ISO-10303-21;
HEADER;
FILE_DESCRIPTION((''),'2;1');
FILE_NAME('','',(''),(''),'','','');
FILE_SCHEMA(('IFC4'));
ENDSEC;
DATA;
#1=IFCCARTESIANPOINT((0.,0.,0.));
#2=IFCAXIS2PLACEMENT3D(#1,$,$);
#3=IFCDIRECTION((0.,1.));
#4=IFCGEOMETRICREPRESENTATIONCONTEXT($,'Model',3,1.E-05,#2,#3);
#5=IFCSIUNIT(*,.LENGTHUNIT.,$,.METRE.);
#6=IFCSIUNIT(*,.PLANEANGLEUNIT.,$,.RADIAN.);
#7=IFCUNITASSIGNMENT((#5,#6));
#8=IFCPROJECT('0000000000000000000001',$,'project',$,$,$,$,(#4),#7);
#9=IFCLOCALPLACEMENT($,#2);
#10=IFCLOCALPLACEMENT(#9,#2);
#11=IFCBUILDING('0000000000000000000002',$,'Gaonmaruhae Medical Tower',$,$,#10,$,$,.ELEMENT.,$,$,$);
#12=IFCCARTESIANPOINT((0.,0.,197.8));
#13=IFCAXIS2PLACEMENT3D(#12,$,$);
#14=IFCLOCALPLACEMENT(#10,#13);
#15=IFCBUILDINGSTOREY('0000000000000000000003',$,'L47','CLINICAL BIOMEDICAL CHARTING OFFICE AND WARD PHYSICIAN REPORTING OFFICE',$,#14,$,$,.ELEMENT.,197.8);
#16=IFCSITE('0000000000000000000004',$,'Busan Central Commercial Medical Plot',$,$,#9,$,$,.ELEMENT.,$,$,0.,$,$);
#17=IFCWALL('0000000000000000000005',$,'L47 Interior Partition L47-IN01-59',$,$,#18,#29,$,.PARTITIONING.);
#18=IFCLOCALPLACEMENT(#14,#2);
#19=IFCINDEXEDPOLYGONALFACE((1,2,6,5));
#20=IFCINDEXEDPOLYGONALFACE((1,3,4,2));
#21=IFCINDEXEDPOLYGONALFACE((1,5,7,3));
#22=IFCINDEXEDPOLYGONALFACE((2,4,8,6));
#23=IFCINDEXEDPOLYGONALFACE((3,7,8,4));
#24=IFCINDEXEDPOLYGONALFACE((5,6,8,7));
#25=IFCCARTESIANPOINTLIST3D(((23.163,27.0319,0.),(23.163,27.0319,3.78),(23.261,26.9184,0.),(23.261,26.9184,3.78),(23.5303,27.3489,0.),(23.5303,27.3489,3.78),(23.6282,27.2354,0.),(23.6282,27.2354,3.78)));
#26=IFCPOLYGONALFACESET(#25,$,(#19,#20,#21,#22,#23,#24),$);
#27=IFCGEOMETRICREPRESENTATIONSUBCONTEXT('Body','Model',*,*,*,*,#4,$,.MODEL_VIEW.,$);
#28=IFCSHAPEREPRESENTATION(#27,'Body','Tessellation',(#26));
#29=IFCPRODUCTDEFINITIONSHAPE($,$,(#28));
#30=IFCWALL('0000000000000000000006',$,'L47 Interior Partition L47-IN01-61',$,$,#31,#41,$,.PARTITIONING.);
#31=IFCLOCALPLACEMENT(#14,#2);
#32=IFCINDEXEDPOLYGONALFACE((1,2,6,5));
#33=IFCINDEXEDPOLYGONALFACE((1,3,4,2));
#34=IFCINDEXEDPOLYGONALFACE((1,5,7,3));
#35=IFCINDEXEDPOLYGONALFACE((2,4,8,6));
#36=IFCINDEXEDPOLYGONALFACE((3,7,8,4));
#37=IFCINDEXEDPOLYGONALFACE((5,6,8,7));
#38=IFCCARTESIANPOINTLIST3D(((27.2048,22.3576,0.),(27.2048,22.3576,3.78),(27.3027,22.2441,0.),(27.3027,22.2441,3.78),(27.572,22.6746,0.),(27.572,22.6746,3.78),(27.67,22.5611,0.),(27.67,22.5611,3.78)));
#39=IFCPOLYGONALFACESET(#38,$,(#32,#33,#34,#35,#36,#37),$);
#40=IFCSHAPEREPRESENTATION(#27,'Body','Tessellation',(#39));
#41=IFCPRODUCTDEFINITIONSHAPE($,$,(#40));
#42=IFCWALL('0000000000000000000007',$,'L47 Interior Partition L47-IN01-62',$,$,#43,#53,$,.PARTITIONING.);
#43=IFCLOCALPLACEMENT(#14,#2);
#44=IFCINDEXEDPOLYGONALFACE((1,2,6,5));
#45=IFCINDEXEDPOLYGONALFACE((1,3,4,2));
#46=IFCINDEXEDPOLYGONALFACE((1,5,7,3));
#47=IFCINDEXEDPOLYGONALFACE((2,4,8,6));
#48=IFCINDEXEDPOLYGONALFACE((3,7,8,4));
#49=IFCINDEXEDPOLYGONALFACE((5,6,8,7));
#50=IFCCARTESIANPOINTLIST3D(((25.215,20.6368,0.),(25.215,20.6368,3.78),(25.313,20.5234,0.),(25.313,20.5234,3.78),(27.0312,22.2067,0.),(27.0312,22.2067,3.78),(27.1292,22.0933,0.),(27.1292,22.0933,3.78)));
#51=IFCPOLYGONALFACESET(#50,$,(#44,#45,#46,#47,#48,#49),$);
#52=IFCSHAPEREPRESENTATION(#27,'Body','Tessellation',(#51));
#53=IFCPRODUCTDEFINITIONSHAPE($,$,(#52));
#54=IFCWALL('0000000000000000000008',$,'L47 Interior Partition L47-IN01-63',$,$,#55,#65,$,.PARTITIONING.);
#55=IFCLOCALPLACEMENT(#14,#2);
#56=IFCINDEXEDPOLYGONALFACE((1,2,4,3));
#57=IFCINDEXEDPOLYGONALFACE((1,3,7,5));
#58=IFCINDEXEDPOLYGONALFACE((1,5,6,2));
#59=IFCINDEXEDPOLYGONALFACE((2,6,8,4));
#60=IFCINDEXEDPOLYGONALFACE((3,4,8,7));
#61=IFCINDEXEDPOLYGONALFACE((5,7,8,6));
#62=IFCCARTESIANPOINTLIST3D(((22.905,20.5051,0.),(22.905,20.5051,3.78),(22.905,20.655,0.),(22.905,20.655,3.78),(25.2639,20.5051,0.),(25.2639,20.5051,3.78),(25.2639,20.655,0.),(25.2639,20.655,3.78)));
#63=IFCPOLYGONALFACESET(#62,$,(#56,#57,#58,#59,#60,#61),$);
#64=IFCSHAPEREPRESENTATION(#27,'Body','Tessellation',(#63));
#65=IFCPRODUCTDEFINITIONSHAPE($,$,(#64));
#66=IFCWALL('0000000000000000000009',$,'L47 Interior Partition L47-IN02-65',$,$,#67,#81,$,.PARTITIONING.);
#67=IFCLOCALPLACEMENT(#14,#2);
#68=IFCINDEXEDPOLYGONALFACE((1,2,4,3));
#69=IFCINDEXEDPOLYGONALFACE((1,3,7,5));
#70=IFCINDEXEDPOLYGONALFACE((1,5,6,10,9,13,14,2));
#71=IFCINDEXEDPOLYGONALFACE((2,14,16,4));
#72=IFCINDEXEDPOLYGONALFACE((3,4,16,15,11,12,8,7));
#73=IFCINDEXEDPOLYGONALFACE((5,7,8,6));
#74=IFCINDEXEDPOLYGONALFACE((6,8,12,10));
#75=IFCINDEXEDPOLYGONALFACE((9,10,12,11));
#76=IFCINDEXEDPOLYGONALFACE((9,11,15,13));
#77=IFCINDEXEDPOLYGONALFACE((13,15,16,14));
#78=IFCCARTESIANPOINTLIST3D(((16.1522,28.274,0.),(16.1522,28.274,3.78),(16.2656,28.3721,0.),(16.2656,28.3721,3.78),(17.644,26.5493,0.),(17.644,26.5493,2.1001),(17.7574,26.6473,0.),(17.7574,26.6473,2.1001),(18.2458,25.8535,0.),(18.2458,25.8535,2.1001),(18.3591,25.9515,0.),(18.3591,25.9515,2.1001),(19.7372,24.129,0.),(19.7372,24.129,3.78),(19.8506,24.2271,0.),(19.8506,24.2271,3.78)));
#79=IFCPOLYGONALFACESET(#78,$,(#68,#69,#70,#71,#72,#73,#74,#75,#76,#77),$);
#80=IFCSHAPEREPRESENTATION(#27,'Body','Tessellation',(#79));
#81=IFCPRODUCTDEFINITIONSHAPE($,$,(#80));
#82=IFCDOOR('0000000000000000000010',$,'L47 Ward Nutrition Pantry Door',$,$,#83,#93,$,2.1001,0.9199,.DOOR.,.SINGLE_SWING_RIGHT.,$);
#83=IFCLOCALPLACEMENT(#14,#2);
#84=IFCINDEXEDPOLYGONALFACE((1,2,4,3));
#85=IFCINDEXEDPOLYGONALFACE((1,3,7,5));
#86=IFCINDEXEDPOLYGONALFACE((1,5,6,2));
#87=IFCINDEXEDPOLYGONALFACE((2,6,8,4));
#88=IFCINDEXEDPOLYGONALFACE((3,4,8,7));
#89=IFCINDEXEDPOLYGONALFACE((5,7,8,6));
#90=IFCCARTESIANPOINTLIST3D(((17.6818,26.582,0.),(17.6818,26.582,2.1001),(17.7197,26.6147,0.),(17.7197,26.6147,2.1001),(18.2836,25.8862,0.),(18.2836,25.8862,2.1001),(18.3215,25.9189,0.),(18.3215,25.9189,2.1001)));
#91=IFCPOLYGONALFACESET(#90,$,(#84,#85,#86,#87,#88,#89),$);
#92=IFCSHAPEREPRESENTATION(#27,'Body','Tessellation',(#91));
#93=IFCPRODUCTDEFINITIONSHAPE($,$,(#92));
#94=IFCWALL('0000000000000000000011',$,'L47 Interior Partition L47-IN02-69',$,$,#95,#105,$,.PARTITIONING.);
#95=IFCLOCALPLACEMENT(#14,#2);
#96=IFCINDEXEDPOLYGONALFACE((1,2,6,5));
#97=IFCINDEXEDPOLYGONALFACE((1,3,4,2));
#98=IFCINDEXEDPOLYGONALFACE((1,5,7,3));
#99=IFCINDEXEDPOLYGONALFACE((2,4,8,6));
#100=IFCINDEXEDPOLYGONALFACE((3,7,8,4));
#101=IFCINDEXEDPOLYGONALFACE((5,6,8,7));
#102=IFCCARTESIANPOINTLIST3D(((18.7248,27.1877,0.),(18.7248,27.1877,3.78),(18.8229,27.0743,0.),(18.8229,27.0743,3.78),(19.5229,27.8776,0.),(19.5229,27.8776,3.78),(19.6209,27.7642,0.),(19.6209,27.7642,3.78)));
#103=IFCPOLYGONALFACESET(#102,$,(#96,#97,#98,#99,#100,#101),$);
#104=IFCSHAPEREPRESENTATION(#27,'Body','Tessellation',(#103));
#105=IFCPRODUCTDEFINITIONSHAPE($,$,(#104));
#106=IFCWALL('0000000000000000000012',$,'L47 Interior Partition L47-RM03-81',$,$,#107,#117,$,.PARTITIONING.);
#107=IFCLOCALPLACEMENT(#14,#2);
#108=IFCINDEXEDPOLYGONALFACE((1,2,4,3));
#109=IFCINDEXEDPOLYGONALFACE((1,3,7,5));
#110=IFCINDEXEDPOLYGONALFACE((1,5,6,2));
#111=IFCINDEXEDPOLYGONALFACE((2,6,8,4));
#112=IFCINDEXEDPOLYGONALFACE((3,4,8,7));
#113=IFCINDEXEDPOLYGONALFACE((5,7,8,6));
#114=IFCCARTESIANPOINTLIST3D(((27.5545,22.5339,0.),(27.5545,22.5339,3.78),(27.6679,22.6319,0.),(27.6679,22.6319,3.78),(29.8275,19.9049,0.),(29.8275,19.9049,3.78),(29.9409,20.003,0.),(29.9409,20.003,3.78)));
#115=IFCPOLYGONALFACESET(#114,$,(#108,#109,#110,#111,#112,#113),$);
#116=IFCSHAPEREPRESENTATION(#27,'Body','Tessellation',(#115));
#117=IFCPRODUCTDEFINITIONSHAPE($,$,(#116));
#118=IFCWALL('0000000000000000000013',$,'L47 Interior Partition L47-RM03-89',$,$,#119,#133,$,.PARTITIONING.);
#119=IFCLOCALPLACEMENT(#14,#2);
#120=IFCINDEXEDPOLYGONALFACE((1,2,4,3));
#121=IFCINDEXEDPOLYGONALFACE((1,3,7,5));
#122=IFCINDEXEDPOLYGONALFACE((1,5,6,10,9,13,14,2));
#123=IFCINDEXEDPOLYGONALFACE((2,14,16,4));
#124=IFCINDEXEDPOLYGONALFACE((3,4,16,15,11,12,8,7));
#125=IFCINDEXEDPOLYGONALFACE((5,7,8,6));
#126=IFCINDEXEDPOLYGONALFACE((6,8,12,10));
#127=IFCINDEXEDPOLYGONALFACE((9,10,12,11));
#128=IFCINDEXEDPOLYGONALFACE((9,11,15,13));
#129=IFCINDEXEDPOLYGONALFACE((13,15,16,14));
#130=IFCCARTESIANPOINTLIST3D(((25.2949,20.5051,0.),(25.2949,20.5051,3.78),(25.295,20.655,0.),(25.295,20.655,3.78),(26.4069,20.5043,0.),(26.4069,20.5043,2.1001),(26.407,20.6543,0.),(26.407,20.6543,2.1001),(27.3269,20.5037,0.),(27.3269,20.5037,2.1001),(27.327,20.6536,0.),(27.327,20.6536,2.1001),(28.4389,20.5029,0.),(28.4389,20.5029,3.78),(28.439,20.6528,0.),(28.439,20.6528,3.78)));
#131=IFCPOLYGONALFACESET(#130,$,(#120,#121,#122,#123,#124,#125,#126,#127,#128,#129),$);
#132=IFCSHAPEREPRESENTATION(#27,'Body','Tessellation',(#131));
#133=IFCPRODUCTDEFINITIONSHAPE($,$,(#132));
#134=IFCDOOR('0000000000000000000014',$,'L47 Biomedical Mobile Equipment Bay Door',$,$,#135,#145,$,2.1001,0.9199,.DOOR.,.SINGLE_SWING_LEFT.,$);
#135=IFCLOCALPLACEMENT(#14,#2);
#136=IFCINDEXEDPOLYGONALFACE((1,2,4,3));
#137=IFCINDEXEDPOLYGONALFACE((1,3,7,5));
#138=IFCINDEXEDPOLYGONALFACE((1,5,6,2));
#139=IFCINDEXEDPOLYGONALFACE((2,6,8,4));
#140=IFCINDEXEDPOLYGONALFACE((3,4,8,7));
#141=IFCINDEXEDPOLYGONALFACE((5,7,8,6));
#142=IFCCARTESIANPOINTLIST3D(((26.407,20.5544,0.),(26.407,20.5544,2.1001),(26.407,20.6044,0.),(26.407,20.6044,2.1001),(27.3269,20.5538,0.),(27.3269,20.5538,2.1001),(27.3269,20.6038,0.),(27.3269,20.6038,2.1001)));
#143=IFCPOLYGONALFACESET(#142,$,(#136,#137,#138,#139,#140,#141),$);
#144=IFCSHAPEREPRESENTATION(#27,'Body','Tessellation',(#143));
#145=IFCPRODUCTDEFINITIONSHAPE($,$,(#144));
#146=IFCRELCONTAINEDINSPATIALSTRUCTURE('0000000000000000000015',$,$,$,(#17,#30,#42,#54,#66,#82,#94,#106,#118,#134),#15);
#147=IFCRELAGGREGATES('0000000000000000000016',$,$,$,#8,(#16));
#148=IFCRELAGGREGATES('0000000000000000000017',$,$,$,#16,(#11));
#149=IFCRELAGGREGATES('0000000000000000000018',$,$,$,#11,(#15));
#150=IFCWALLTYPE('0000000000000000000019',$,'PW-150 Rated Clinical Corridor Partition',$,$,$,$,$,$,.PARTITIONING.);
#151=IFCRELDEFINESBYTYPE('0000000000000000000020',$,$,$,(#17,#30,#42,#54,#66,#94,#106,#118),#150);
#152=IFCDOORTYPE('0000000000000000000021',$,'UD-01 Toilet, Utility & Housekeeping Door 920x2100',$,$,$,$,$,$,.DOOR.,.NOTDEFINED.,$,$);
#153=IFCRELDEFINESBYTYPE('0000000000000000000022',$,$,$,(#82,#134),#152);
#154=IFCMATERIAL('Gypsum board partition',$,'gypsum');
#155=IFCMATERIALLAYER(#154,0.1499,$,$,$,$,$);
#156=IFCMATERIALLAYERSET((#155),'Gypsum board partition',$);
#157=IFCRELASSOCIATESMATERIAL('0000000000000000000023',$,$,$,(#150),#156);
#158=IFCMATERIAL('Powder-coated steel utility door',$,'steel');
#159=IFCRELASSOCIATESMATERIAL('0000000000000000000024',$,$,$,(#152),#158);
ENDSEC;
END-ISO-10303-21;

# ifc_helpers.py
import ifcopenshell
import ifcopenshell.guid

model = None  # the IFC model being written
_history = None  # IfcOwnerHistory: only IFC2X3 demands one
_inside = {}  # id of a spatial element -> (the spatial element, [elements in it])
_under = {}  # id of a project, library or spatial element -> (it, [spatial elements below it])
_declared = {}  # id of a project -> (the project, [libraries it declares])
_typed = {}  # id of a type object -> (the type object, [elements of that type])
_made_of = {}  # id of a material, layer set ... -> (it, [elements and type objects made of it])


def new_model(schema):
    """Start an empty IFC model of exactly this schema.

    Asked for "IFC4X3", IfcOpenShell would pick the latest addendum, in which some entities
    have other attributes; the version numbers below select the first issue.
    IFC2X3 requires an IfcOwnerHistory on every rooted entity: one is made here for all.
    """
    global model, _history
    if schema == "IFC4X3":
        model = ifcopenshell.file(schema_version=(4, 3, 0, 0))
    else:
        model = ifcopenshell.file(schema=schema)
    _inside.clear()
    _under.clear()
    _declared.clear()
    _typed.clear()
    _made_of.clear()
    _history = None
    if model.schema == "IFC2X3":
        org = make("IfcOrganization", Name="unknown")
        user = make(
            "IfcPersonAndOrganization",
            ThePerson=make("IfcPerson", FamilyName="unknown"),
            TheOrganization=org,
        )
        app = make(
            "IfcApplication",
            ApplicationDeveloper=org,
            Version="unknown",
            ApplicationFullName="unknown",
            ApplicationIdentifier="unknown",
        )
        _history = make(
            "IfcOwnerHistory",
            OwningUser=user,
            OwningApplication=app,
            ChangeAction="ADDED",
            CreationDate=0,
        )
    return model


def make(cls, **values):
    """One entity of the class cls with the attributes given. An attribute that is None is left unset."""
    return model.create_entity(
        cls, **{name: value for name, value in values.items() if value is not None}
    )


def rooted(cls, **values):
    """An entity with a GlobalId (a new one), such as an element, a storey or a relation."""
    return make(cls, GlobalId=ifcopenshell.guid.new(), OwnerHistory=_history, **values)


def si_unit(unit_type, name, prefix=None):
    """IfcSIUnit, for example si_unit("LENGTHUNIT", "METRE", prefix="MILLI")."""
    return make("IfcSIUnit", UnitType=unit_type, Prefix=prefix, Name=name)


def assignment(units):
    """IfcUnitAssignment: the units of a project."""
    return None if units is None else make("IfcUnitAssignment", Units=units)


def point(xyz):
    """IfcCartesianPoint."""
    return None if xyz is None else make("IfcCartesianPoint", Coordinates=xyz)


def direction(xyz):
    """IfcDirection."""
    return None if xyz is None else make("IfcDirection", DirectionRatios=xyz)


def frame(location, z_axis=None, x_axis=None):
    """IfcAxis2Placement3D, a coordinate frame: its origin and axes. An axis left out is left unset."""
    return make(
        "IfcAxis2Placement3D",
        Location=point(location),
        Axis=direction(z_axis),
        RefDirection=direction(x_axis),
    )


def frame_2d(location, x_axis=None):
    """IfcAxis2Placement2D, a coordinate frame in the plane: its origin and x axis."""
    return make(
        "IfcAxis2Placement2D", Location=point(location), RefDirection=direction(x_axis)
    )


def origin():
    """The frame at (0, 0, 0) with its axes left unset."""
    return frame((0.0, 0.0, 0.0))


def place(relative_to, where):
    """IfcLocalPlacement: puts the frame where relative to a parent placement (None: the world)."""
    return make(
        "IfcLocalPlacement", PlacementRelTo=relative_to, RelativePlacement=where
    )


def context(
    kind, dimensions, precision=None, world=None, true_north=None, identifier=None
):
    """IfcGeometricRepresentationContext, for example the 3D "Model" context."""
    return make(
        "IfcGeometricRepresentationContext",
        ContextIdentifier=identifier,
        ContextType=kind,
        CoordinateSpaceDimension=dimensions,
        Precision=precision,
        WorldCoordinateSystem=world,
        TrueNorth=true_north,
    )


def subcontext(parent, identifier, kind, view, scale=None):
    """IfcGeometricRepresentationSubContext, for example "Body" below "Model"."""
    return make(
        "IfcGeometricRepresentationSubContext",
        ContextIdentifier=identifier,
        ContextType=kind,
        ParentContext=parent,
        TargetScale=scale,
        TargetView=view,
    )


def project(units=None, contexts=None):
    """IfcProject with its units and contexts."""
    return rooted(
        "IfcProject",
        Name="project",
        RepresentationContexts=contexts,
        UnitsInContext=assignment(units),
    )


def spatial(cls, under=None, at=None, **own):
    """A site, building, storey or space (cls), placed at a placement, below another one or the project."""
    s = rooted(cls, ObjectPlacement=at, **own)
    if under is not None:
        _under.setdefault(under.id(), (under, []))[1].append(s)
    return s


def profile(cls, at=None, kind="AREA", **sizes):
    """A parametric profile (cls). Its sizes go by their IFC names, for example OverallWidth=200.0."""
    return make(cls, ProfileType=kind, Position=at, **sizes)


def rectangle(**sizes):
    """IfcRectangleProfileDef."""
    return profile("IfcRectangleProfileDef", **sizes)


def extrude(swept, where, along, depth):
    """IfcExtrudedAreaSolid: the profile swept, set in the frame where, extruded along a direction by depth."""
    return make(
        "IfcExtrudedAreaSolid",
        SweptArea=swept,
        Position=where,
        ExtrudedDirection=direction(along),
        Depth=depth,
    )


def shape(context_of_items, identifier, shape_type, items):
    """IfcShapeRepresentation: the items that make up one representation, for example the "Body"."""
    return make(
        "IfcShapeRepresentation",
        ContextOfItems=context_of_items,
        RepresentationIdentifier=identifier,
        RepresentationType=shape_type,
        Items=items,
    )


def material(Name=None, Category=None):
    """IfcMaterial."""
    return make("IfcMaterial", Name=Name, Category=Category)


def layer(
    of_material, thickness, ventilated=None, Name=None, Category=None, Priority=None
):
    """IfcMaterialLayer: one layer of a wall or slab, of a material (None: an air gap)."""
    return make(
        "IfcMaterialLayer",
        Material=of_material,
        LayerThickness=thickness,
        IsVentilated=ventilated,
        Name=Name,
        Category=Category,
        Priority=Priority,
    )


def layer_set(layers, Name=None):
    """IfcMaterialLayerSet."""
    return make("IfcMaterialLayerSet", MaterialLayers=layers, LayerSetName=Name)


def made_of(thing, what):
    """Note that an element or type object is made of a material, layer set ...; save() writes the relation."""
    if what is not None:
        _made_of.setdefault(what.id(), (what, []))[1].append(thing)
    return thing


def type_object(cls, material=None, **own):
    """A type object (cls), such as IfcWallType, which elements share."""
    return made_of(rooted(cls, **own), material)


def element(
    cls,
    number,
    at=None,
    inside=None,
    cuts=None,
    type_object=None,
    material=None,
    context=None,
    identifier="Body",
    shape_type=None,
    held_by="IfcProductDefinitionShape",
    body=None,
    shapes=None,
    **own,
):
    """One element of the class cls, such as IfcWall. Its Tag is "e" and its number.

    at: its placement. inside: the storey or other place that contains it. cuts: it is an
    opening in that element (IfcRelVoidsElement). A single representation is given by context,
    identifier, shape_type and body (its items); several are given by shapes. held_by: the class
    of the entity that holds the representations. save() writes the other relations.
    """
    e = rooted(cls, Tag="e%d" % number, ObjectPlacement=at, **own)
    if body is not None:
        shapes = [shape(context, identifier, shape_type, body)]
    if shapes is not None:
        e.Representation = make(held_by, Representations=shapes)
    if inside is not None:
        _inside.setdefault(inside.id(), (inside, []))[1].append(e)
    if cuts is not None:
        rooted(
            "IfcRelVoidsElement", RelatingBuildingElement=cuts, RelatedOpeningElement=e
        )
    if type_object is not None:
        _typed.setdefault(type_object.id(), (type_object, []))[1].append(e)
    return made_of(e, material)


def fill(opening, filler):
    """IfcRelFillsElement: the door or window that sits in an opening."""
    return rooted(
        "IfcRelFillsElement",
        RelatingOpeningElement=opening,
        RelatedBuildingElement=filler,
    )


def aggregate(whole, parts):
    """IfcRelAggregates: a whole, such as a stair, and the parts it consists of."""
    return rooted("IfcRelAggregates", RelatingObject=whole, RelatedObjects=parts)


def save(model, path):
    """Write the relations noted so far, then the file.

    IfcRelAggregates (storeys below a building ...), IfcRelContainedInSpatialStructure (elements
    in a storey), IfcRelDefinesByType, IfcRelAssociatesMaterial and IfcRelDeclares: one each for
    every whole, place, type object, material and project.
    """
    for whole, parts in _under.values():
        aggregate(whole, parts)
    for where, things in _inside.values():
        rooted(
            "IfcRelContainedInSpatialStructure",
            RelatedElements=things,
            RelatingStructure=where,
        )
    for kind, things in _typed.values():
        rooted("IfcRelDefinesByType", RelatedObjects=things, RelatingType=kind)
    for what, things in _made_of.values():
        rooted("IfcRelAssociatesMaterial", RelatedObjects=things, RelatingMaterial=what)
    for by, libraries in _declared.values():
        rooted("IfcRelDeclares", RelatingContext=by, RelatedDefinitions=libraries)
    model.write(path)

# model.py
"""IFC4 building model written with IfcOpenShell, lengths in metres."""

from ifc_helpers import new_model, si_unit, direction, frame, frame_2d, origin, place, context, subcontext, project, spatial, rectangle, extrude, material, layer, layer_set, type_object, element, fill, save


model = new_model("IFC4")

# Units and contexts
model_context = context("Model", 3, precision=1e-05, world=origin(), true_north=direction((0.0, 1.0)))
body_context = subcontext(model_context, "Body", "Model", "MODEL_VIEW")
ifc_project = project(units=[si_unit("LENGTHUNIT", "METRE"), si_unit("PLANEANGLEUNIT", "RADIAN")], contexts=[model_context])

# Site, building, storey
site_placement = place(None, origin())
site = spatial("IfcSite", under=ifc_project, at=site_placement, Name="Busan Central Commercial Medical Plot", CompositionType="ELEMENT", RefElevation=0.0)
building_placement = place(site_placement, origin())
building = spatial("IfcBuilding", under=site, at=building_placement, Name="Gaonmaruhae Medical Tower", CompositionType="ELEMENT")
storey_placement = place(building_placement, frame((0.0, 0.0, 197.8)))
storey = spatial("IfcBuildingStorey", under=building, at=storey_placement, Name="L47", Description="CLINICAL BIOMEDICAL CHARTING OFFICE AND WARD PHYSICIAN REPORTING OFFICE", CompositionType="ELEMENT", Elevation=197.8)

# Walls
ifc_material_1 = material(Name="Gypsum board partition", Category="gypsum")
ifc_layer_1 = layer(ifc_material_1, 0.1499)
ifc_layer_set_1 = layer_set([ifc_layer_1], Name="Gypsum board partition")
wall_type_1 = type_object("IfcWallType", Name="PW-150 Rated Clinical Corridor Partition", PredefinedType="PARTITIONING", material=ifc_layer_set_1)
for number, where, z_axis, x_axis, name in (
    (1, (23.2119, 26.9751, 0.0), (0.0, 0.0, 1.0), (0.757049, 0.653358, 0.0), "L47 Interior Partition L47-IN01-59"),
    (2, (27.6211, 22.6179, 0.0), (0.0, 0.0, 1.0), (-0.757049, -0.653358, 0.0), "L47 Interior Partition L47-IN01-61"),
):
    element("IfcWall", number, at=place(storey_placement, frame(where, z_axis=z_axis, x_axis=x_axis)), inside=storey, type_object=wall_type_1, Name=name, PredefinedType="PARTITIONING", context=body_context, shape_type="SweptSolid", body=[
        extrude(rectangle(XDim=0.4851, YDim=0.1499, at=frame_2d((0.2427, 0.0))), origin(), (0.0, 0.0, 1.0), 3.78),
    ])
wall_1_placement = place(storey_placement, frame((27.0801, 22.1499, 0.0), z_axis=(0.0, 0.0, 1.0), x_axis=(-0.756551, -0.653935, 0.0)))
element("IfcWall", 3, at=wall_1_placement, inside=storey, type_object=wall_type_1, Name="L47 Interior Partition L47-IN01-62", PredefinedType="PARTITIONING", context=body_context, shape_type="SweptSolid", body=[
    extrude(rectangle(XDim=2.4006, YDim=0.1499, at=frame_2d((1.2002, 0.0))), origin(), (0.0, 0.0, 1.0), 3.78),
])
wall_2_placement = place(storey_placement, frame((25.2639, 20.5801, 0.0), z_axis=(0.0, 0.0, 1.0), x_axis=(-1.0, 0.0, 0.0)))
element("IfcWall", 4, at=wall_2_placement, inside=storey, type_object=wall_type_1, Name="L47 Interior Partition L47-IN01-63", PredefinedType="PARTITIONING", context=body_context, shape_type="SweptSolid", body=[
    extrude(rectangle(XDim=2.3589, YDim=0.1499, at=frame_2d((1.1794, 0.0))), origin(), (0.0, 0.0, 1.0), 3.78),
])

# Wall, opening, door
wall_3_placement = place(storey_placement, frame((19.7939, 24.178, 0.0), z_axis=(0.0, 0.0, 1.0), x_axis=(-0.65416, 0.756356, 0.0)))
wall_3 = element("IfcWall", 5, at=wall_3_placement, inside=storey, type_object=wall_type_1, Name="L47 Interior Partition L47-IN02-65", PredefinedType="PARTITIONING", context=body_context, shape_type="SweptSolid", body=[
    extrude(rectangle(XDim=5.4802, YDim=0.1499, at=frame_2d((2.7402, 0.0))), origin(), (0.0, 0.0, 1.0), 3.78),
])
opening_1_placement = place(wall_3_placement, frame((2.28, 0.0, 0.0)))
opening_1 = element("IfcOpeningElement", 6, at=opening_1_placement, cuts=wall_3, PredefinedType="OPENING", context=body_context, shape_type="SweptSolid", body=[
    extrude(rectangle(XDim=0.9199, YDim=2.1001, at=frame_2d((0.46, 1.05))), frame((0.0, 0.085, 0.0), z_axis=(0.0, -1.0, 0.0), x_axis=(1.0, 0.0, 0.0)), (0.0, 0.0, 1.0), 0.1699),
])
ifc_material_2 = material(Name="Powder-coated steel utility door", Category="steel")
door_type_1 = type_object("IfcDoorType", Name="UD-01 Toilet, Utility & Housekeeping Door 920x2100", OperationType="NOTDEFINED", PredefinedType="DOOR", material=ifc_material_2)
door_1_placement = place(opening_1_placement, origin())
door_1 = element("IfcDoor", 7, at=door_1_placement, inside=storey, type_object=door_type_1, Name="L47 Ward Nutrition Pantry Door", OperationType="SINGLE_SWING_RIGHT", OverallHeight=2.1001, OverallWidth=0.9199, PredefinedType="DOOR", context=body_context, shape_type="SweptSolid", body=[
    extrude(rectangle(XDim=0.9199, YDim=2.1001, at=frame_2d((0.46, 1.05))), frame((0.0, 0.0249, 0.0), z_axis=(0.0, -1.0, 0.0), x_axis=(1.0, 0.0, 0.0)), (0.0, 0.0, 1.0), 0.05),
])
fill(opening_1, door_1)

# Walls
wall_4_placement = place(storey_placement, frame((18.7739, 27.1311, 0.0), z_axis=(0.0, 0.0, 1.0), x_axis=(0.756506, 0.653987, 0.0)))
element("IfcWall", 8, at=wall_4_placement, inside=storey, type_object=wall_type_1, Name="L47 Interior Partition L47-IN02-69", PredefinedType="PARTITIONING", context=body_context, shape_type="SweptSolid", body=[
    extrude(rectangle(XDim=1.0549, YDim=0.1499, at=frame_2d((0.5273, 0.0))), origin(), (0.0, 0.0, 1.0), 3.78),
])
wall_5_placement = place(storey_placement, frame((27.6111, 22.583, 0.0), z_axis=(0.0, 0.0, 1.0), x_axis=(0.654037, -0.756463, 0.0)))
element("IfcWall", 9, at=wall_5_placement, inside=storey, type_object=wall_type_1, Name="L47 Interior Partition L47-RM03-81", PredefinedType="PARTITIONING", context=body_context, shape_type="SweptSolid", body=[
    extrude(rectangle(XDim=3.4753, YDim=0.1499, at=frame_2d((1.7378, 0.0))), origin(), (0.0, 0.0, 1.0), 3.78),
])

# Wall, opening, door
wall_6_placement = place(storey_placement, frame((28.439, 20.5779, 0.0), z_axis=(0.0, 0.0, 1.0), x_axis=(-1.0, 0.000699, 0.0)))
wall_6 = element("IfcWall", 10, at=wall_6_placement, inside=storey, type_object=wall_type_1, Name="L47 Interior Partition L47-RM03-89", PredefinedType="PARTITIONING", context=body_context, shape_type="SweptSolid", body=[
    extrude(rectangle(XDim=3.144, YDim=0.1499, at=frame_2d((1.572, 0.0))), origin(), (0.0, 0.0, 1.0), 3.78),
])
opening_2_placement = place(wall_6_placement, frame((1.1121, 0.0, 0.0)))
opening_2 = element("IfcOpeningElement", 11, at=opening_2_placement, cuts=wall_6, PredefinedType="OPENING", context=body_context, shape_type="SweptSolid", body=[
    extrude(rectangle(XDim=0.9199, YDim=2.1001, at=frame_2d((0.46, 1.05))), frame((0.0, 0.085, 0.0), z_axis=(0.0, -1.0, 0.0), x_axis=(1.0, 0.0, 0.0)), (0.0, 0.0, 1.0), 0.1699),
])
door_2_placement = place(opening_2_placement, origin())
door_2 = element("IfcDoor", 12, at=door_2_placement, inside=storey, type_object=door_type_1, Name="L47 Biomedical Mobile Equipment Bay Door", OperationType="SINGLE_SWING_LEFT", OverallHeight=2.1001, OverallWidth=0.9199, PredefinedType="DOOR", context=body_context, shape_type="SweptSolid", body=[
    extrude(rectangle(XDim=0.9199, YDim=2.1001, at=frame_2d((0.46, 1.05))), frame((0.0, 0.0249, 0.0), z_axis=(0.0, -1.0, 0.0), x_axis=(1.0, 0.0, 0.0)), (0.0, 0.0, 1.0), 0.05),
])
fill(opening_2, door_2)

save(model, "model.ifc")
